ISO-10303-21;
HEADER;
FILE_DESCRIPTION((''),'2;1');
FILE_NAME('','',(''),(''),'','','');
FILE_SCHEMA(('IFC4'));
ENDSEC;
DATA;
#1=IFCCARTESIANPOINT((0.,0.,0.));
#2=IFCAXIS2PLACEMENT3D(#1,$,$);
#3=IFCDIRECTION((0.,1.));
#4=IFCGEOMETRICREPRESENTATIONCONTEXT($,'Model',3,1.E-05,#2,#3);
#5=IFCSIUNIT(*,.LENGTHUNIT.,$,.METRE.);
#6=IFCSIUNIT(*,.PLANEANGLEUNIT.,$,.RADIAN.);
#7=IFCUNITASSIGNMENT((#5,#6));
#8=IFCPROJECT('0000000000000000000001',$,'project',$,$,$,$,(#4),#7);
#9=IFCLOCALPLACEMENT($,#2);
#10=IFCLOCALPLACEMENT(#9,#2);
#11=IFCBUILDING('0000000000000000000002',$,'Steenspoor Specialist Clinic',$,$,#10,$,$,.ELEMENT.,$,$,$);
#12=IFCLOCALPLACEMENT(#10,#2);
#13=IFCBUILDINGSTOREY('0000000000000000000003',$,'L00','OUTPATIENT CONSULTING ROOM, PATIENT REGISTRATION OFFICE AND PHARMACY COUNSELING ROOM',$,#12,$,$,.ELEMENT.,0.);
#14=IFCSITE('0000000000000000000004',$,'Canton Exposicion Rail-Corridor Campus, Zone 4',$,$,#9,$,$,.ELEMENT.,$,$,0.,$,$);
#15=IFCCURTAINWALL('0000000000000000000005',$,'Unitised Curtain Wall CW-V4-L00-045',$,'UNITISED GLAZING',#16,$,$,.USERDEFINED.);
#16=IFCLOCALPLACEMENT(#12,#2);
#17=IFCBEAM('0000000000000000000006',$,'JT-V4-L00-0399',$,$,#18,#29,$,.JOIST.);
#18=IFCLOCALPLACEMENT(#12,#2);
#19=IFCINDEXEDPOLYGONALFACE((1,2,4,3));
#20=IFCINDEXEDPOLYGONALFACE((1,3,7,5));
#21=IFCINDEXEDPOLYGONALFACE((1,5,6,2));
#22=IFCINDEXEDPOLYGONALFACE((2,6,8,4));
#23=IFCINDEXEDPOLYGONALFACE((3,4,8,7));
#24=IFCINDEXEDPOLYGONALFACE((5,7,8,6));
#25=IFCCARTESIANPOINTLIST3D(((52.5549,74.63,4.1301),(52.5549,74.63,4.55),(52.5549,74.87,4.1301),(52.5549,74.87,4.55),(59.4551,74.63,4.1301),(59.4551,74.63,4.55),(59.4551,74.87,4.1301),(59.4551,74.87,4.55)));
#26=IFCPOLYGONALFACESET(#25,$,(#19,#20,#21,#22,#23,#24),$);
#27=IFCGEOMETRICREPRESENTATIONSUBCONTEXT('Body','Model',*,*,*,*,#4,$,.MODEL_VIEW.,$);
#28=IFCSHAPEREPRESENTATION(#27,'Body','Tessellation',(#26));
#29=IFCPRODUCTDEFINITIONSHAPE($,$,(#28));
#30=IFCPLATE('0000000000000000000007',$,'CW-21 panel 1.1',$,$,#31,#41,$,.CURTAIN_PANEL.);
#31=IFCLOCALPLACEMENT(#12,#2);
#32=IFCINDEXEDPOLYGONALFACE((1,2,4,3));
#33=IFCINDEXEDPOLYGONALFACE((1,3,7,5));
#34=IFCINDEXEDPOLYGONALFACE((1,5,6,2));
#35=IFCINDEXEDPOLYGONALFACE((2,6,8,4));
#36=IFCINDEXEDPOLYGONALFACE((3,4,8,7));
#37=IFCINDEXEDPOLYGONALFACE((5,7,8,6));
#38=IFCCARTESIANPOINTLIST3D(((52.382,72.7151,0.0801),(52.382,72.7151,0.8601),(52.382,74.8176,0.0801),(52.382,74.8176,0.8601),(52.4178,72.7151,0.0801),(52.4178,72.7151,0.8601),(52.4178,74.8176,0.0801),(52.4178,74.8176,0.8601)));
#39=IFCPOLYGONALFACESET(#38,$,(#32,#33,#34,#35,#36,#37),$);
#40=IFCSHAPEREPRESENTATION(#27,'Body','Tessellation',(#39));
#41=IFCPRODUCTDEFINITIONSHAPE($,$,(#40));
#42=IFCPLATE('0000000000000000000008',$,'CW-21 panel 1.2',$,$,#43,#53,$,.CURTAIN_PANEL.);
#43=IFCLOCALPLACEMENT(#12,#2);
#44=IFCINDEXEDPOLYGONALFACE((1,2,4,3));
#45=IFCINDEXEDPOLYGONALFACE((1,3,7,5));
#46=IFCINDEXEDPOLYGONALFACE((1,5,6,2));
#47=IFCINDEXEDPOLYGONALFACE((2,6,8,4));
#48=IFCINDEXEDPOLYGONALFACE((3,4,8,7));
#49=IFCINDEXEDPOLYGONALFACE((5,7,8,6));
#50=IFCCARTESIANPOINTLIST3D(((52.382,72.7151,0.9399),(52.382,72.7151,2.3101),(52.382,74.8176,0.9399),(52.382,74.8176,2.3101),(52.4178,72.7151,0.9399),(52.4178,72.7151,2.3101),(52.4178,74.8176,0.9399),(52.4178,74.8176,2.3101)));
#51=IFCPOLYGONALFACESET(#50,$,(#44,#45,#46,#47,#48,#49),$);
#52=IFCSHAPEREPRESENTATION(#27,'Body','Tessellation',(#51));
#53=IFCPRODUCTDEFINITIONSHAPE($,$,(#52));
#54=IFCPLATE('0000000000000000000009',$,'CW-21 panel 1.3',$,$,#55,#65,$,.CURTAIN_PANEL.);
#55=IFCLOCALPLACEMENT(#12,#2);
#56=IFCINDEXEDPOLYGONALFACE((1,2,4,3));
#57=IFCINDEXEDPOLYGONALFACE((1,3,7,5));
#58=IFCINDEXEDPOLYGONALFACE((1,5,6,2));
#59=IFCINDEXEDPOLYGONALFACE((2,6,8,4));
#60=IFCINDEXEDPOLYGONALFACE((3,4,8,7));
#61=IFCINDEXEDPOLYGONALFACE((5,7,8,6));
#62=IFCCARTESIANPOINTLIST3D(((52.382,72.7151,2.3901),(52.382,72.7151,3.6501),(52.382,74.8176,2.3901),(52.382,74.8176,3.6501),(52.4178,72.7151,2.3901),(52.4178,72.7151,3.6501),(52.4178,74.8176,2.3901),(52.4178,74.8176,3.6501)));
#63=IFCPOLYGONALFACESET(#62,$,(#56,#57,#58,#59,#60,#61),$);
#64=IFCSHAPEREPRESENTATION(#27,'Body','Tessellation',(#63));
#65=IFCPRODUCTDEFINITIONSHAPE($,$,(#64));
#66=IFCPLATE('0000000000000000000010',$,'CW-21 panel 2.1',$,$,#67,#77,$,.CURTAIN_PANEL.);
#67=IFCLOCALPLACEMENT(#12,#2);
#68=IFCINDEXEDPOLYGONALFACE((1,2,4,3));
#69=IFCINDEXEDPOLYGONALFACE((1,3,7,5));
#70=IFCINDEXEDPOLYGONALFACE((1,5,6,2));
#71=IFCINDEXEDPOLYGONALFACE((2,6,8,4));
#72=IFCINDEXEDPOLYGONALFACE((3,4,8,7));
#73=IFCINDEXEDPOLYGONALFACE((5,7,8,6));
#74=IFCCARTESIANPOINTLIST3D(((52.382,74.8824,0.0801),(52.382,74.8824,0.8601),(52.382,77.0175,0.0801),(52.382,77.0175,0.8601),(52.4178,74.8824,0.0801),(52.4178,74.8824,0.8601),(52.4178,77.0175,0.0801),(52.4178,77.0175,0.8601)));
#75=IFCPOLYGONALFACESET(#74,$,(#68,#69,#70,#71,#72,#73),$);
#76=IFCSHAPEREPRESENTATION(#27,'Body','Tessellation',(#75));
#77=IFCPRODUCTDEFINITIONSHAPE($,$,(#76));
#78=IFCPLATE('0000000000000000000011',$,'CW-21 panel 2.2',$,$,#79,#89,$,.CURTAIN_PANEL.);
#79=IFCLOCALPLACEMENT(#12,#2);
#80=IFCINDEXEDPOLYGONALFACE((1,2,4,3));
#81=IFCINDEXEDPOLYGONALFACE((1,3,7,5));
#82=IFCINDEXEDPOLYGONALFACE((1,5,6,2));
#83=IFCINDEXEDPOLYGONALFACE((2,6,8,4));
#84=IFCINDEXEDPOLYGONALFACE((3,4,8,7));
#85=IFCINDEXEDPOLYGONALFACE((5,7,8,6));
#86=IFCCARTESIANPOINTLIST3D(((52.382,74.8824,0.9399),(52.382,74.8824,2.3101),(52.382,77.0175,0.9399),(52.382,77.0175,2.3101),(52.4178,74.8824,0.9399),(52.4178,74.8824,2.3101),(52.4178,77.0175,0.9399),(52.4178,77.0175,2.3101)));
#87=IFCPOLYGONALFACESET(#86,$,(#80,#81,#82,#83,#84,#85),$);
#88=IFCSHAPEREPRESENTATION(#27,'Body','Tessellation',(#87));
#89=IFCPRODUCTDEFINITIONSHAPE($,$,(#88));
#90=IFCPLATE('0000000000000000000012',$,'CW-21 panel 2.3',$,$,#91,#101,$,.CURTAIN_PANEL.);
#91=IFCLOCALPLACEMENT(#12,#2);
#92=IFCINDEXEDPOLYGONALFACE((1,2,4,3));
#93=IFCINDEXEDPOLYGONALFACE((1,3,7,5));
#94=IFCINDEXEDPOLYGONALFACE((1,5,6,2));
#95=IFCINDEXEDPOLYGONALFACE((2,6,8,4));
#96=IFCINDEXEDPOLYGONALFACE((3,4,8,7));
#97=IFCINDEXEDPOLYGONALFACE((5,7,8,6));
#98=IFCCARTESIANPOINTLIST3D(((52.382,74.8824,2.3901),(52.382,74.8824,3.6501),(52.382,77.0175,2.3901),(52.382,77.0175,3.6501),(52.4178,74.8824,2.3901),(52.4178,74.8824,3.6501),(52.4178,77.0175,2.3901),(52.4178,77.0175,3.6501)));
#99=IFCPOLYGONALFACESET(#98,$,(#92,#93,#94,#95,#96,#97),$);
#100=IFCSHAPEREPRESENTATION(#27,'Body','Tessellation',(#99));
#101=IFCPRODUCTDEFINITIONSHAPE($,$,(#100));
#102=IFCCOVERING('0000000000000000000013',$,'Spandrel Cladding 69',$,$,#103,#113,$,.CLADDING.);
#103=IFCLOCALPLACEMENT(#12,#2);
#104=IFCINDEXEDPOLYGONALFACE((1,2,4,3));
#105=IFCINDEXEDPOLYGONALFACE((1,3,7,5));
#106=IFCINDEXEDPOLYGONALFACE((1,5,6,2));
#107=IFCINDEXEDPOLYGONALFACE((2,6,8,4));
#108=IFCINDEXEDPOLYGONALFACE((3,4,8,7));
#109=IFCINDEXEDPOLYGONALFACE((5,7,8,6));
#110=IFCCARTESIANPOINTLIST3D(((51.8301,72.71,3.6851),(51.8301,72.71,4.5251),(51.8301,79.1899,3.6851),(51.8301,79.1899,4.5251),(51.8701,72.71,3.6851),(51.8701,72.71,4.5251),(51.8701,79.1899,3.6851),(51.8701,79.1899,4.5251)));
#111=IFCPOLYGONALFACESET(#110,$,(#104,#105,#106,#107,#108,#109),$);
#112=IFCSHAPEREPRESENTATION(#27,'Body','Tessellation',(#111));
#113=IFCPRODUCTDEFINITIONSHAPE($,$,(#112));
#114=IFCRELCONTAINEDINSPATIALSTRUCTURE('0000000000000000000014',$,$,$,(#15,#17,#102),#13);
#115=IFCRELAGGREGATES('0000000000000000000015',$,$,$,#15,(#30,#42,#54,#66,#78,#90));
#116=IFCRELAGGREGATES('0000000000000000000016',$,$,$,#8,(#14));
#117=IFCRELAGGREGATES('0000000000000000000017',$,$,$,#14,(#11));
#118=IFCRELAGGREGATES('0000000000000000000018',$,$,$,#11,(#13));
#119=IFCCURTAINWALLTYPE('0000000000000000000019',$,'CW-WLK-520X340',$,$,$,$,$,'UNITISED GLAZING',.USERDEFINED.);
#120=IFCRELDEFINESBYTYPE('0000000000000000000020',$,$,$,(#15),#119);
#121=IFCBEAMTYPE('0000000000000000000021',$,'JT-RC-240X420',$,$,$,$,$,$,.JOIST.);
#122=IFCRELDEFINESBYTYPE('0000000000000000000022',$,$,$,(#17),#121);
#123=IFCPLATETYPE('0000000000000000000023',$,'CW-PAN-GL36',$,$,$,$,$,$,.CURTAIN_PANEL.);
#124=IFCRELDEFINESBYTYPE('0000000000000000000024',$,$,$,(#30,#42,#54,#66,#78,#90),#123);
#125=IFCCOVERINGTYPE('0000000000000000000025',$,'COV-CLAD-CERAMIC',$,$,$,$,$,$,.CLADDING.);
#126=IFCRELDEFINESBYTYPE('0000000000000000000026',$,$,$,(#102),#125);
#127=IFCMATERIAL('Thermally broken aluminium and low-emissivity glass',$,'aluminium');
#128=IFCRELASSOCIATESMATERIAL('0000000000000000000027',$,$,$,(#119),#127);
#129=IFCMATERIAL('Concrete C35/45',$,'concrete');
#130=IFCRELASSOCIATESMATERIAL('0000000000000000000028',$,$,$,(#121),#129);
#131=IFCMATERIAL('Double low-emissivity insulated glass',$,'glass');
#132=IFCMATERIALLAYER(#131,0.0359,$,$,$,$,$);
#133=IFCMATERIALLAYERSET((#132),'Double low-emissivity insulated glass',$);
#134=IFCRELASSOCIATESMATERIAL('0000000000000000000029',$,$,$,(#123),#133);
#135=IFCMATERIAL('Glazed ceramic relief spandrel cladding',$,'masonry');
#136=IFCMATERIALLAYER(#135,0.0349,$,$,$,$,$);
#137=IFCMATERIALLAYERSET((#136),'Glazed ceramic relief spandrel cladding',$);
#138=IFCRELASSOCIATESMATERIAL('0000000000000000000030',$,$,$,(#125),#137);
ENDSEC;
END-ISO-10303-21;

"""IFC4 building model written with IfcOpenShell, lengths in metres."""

from ifc_helpers import new_model, si_unit, direction, frame, origin, origin_2d, place, context, subcontext, project, spatial, rectangle, extrude, material, layer, layer_set, material_profile, profile_set, type_object, element, aggregate, save


model = new_model("IFC4")

# Units and contexts
model_context = context("Model", 3, precision=1e-05, world=origin(), true_north=direction((0.0, 1.0)))
body_context = subcontext(model_context, "Body", "Model", "MODEL_VIEW")
ifc_project = project(units=[si_unit("LENGTHUNIT", "METRE"), si_unit("PLANEANGLEUNIT", "RADIAN")], contexts=[model_context])

# Site, building, storey
site_placement = place(None, origin())
site = spatial("IfcSite", under=ifc_project, at=site_placement, Name="Canton Exposicion Rail-Corridor Campus, Zone 4", CompositionType="ELEMENT", RefElevation=0.0)
building_placement = place(site_placement, origin())
building = spatial("IfcBuilding", under=site, at=building_placement, Name="Steenspoor Specialist Clinic", CompositionType="ELEMENT")
storey_placement = place(building_placement, origin())
storey = spatial("IfcBuildingStorey", under=building, at=storey_placement, Name="L00", Description="OUTPATIENT CONSULTING ROOM, PATIENT REGISTRATION OFFICE AND PHARMACY COUNSELING ROOM", CompositionType="ELEMENT", Elevation=0.0)

# Shared definitions
ifc_material_1 = material(Name="Concrete C35/45", Category="concrete")

# Curtain wall
ifc_material_2 = material(Name="Thermally broken aluminium and low-emissivity glass", Category="aluminium")
curtain_wall_type = type_object("IfcCurtainWallType", Name="CW-WLK-520X340", ElementType="UNITISED GLAZING", PredefinedType="USERDEFINED", material=ifc_material_2)
curtain_wall_placement = place(storey_placement, origin())
curtain_wall = element("IfcCurtainWall", 1, at=curtain_wall_placement, inside=storey, type_object=curtain_wall_type, Name="Unitised Curtain Wall CW-V4-L00-045", ObjectType="UNITISED GLAZING", PredefinedType="USERDEFINED")

# Beam
ifc_material_profile_1 = material_profile(ifc_material_1, rectangle(XDim=0.24, YDim=0.4199, at=origin_2d()), Name="RC-JT-240X420")
ifc_profile_set_1 = profile_set([ifc_material_profile_1], Name="Concrete C35/45")
beam_type = type_object("IfcBeamType", Name="JT-RC-240X420", PredefinedType="JOIST", material=ifc_profile_set_1)
beam_placement = place(storey_placement, frame((52.5549, 74.75, 4.3401), z_axis=(1.0, 0.0, 0.0), x_axis=(0.0, 1.0, 0.0)))
element("IfcBeam", 2, at=beam_placement, inside=storey, type_object=beam_type, Name="JT-V4-L00-0399", PredefinedType="JOIST", context=body_context, shape_type="SweptSolid", body=[
    extrude(rectangle(XDim=0.24, YDim=0.4199, at=origin_2d()), origin(), (0.0, 0.0, 1.0), 6.9001),
])

# Plates
ifc_material_3 = material(Name="Double low-emissivity insulated glass", Category="glass")
ifc_layer_1 = layer(ifc_material_3, 0.0359)
ifc_layer_set_1 = layer_set([ifc_layer_1], Name="Double low-emissivity insulated glass")
plate_type = type_object("IfcPlateType", Name="CW-PAN-GL36", PredefinedType="CURTAIN_PANEL", material=ifc_layer_set_1)
plate_1_placement = place(storey_placement, frame((52.3999, 73.7664, 0.0801), z_axis=(0.0, 0.0, 1.0), x_axis=(0.0, 1.0, 0.0)))
plate_1 = element("IfcPlate", 3, at=plate_1_placement, type_object=plate_type, Name="CW-21 panel 1.1", PredefinedType="CURTAIN_PANEL", context=body_context, shape_type="SweptSolid", body=[
    extrude(rectangle(XDim=2.1025, YDim=0.0359, at=origin_2d()), origin(), (0.0, 0.0, 1.0), 0.78),
])
plate_2_placement = place(storey_placement, frame((52.3999, 73.7664, 0.9399), z_axis=(0.0, 0.0, 1.0), x_axis=(0.0, 1.0, 0.0)))
plate_2 = element("IfcPlate", 4, at=plate_2_placement, type_object=plate_type, Name="CW-21 panel 1.2", PredefinedType="CURTAIN_PANEL", context=body_context, shape_type="SweptSolid", body=[
    extrude(rectangle(XDim=2.1025, YDim=0.0359, at=origin_2d()), origin(), (0.0, 0.0, 1.0), 1.3701),
])
plate_3_placement = place(storey_placement, frame((52.3999, 73.7664, 2.3901), z_axis=(0.0, 0.0, 1.0), x_axis=(0.0, 1.0, 0.0)))
plate_3 = element("IfcPlate", 5, at=plate_3_placement, type_object=plate_type, Name="CW-21 panel 1.3", PredefinedType="CURTAIN_PANEL", context=body_context, shape_type="SweptSolid", body=[
    extrude(rectangle(XDim=2.1025, YDim=0.0359, at=origin_2d()), origin(), (0.0, 0.0, 1.0), 1.26),
])
plate_4_placement = place(storey_placement, frame((52.3999, 75.95, 0.0801), z_axis=(0.0, 0.0, 1.0), x_axis=(0.0, 1.0, 0.0)))
plate_4 = element("IfcPlate", 6, at=plate_4_placement, type_object=plate_type, Name="CW-21 panel 2.1", PredefinedType="CURTAIN_PANEL", context=body_context, shape_type="SweptSolid", body=[
    extrude(rectangle(XDim=2.135, YDim=0.0359, at=origin_2d()), origin(), (0.0, 0.0, 1.0), 0.78),
])
plate_5_placement = place(storey_placement, frame((52.3999, 75.95, 0.9399), z_axis=(0.0, 0.0, 1.0), x_axis=(0.0, 1.0, 0.0)))
plate_5 = element("IfcPlate", 7, at=plate_5_placement, type_object=plate_type, Name="CW-21 panel 2.2", PredefinedType="CURTAIN_PANEL", context=body_context, shape_type="SweptSolid", body=[
    extrude(rectangle(XDim=2.135, YDim=0.0359, at=origin_2d()), origin(), (0.0, 0.0, 1.0), 1.3701),
])
plate_6_placement = place(storey_placement, frame((52.3999, 75.95, 2.3901), z_axis=(0.0, 0.0, 1.0), x_axis=(0.0, 1.0, 0.0)))
plate_6 = element("IfcPlate", 8, at=plate_6_placement, type_object=plate_type, Name="CW-21 panel 2.3", PredefinedType="CURTAIN_PANEL", context=body_context, shape_type="SweptSolid", body=[
    extrude(rectangle(XDim=2.135, YDim=0.0359, at=origin_2d()), origin(), (0.0, 0.0, 1.0), 1.26),
])
aggregate(curtain_wall, [plate_1, plate_2, plate_3, plate_4, plate_5, plate_6])

# Covering
ifc_material_4 = material(Name="Glazed ceramic relief spandrel cladding", Category="masonry")
ifc_layer_2 = layer(ifc_material_4, 0.0349)
ifc_layer_set_2 = layer_set([ifc_layer_2], Name="Glazed ceramic relief spandrel cladding")
covering_type = type_object("IfcCoveringType", Name="COV-CLAD-CERAMIC", PredefinedType="CLADDING", material=ifc_layer_set_2)
covering_placement = place(storey_placement, frame((51.8501, 75.95, 3.6851), z_axis=(0.0, 0.0, 1.0), x_axis=(0.0, -1.0, 0.0)))
element("IfcCovering", 9, at=covering_placement, inside=storey, type_object=covering_type, Name="Spandrel Cladding 69", PredefinedType="CLADDING", context=body_context, shape_type="SweptSolid", body=[
    extrude(rectangle(XDim=6.48, YDim=0.04, at=origin_2d()), origin(), (0.0, 0.0, 1.0), 0.8401),
])

save(model, "model.ifc")
